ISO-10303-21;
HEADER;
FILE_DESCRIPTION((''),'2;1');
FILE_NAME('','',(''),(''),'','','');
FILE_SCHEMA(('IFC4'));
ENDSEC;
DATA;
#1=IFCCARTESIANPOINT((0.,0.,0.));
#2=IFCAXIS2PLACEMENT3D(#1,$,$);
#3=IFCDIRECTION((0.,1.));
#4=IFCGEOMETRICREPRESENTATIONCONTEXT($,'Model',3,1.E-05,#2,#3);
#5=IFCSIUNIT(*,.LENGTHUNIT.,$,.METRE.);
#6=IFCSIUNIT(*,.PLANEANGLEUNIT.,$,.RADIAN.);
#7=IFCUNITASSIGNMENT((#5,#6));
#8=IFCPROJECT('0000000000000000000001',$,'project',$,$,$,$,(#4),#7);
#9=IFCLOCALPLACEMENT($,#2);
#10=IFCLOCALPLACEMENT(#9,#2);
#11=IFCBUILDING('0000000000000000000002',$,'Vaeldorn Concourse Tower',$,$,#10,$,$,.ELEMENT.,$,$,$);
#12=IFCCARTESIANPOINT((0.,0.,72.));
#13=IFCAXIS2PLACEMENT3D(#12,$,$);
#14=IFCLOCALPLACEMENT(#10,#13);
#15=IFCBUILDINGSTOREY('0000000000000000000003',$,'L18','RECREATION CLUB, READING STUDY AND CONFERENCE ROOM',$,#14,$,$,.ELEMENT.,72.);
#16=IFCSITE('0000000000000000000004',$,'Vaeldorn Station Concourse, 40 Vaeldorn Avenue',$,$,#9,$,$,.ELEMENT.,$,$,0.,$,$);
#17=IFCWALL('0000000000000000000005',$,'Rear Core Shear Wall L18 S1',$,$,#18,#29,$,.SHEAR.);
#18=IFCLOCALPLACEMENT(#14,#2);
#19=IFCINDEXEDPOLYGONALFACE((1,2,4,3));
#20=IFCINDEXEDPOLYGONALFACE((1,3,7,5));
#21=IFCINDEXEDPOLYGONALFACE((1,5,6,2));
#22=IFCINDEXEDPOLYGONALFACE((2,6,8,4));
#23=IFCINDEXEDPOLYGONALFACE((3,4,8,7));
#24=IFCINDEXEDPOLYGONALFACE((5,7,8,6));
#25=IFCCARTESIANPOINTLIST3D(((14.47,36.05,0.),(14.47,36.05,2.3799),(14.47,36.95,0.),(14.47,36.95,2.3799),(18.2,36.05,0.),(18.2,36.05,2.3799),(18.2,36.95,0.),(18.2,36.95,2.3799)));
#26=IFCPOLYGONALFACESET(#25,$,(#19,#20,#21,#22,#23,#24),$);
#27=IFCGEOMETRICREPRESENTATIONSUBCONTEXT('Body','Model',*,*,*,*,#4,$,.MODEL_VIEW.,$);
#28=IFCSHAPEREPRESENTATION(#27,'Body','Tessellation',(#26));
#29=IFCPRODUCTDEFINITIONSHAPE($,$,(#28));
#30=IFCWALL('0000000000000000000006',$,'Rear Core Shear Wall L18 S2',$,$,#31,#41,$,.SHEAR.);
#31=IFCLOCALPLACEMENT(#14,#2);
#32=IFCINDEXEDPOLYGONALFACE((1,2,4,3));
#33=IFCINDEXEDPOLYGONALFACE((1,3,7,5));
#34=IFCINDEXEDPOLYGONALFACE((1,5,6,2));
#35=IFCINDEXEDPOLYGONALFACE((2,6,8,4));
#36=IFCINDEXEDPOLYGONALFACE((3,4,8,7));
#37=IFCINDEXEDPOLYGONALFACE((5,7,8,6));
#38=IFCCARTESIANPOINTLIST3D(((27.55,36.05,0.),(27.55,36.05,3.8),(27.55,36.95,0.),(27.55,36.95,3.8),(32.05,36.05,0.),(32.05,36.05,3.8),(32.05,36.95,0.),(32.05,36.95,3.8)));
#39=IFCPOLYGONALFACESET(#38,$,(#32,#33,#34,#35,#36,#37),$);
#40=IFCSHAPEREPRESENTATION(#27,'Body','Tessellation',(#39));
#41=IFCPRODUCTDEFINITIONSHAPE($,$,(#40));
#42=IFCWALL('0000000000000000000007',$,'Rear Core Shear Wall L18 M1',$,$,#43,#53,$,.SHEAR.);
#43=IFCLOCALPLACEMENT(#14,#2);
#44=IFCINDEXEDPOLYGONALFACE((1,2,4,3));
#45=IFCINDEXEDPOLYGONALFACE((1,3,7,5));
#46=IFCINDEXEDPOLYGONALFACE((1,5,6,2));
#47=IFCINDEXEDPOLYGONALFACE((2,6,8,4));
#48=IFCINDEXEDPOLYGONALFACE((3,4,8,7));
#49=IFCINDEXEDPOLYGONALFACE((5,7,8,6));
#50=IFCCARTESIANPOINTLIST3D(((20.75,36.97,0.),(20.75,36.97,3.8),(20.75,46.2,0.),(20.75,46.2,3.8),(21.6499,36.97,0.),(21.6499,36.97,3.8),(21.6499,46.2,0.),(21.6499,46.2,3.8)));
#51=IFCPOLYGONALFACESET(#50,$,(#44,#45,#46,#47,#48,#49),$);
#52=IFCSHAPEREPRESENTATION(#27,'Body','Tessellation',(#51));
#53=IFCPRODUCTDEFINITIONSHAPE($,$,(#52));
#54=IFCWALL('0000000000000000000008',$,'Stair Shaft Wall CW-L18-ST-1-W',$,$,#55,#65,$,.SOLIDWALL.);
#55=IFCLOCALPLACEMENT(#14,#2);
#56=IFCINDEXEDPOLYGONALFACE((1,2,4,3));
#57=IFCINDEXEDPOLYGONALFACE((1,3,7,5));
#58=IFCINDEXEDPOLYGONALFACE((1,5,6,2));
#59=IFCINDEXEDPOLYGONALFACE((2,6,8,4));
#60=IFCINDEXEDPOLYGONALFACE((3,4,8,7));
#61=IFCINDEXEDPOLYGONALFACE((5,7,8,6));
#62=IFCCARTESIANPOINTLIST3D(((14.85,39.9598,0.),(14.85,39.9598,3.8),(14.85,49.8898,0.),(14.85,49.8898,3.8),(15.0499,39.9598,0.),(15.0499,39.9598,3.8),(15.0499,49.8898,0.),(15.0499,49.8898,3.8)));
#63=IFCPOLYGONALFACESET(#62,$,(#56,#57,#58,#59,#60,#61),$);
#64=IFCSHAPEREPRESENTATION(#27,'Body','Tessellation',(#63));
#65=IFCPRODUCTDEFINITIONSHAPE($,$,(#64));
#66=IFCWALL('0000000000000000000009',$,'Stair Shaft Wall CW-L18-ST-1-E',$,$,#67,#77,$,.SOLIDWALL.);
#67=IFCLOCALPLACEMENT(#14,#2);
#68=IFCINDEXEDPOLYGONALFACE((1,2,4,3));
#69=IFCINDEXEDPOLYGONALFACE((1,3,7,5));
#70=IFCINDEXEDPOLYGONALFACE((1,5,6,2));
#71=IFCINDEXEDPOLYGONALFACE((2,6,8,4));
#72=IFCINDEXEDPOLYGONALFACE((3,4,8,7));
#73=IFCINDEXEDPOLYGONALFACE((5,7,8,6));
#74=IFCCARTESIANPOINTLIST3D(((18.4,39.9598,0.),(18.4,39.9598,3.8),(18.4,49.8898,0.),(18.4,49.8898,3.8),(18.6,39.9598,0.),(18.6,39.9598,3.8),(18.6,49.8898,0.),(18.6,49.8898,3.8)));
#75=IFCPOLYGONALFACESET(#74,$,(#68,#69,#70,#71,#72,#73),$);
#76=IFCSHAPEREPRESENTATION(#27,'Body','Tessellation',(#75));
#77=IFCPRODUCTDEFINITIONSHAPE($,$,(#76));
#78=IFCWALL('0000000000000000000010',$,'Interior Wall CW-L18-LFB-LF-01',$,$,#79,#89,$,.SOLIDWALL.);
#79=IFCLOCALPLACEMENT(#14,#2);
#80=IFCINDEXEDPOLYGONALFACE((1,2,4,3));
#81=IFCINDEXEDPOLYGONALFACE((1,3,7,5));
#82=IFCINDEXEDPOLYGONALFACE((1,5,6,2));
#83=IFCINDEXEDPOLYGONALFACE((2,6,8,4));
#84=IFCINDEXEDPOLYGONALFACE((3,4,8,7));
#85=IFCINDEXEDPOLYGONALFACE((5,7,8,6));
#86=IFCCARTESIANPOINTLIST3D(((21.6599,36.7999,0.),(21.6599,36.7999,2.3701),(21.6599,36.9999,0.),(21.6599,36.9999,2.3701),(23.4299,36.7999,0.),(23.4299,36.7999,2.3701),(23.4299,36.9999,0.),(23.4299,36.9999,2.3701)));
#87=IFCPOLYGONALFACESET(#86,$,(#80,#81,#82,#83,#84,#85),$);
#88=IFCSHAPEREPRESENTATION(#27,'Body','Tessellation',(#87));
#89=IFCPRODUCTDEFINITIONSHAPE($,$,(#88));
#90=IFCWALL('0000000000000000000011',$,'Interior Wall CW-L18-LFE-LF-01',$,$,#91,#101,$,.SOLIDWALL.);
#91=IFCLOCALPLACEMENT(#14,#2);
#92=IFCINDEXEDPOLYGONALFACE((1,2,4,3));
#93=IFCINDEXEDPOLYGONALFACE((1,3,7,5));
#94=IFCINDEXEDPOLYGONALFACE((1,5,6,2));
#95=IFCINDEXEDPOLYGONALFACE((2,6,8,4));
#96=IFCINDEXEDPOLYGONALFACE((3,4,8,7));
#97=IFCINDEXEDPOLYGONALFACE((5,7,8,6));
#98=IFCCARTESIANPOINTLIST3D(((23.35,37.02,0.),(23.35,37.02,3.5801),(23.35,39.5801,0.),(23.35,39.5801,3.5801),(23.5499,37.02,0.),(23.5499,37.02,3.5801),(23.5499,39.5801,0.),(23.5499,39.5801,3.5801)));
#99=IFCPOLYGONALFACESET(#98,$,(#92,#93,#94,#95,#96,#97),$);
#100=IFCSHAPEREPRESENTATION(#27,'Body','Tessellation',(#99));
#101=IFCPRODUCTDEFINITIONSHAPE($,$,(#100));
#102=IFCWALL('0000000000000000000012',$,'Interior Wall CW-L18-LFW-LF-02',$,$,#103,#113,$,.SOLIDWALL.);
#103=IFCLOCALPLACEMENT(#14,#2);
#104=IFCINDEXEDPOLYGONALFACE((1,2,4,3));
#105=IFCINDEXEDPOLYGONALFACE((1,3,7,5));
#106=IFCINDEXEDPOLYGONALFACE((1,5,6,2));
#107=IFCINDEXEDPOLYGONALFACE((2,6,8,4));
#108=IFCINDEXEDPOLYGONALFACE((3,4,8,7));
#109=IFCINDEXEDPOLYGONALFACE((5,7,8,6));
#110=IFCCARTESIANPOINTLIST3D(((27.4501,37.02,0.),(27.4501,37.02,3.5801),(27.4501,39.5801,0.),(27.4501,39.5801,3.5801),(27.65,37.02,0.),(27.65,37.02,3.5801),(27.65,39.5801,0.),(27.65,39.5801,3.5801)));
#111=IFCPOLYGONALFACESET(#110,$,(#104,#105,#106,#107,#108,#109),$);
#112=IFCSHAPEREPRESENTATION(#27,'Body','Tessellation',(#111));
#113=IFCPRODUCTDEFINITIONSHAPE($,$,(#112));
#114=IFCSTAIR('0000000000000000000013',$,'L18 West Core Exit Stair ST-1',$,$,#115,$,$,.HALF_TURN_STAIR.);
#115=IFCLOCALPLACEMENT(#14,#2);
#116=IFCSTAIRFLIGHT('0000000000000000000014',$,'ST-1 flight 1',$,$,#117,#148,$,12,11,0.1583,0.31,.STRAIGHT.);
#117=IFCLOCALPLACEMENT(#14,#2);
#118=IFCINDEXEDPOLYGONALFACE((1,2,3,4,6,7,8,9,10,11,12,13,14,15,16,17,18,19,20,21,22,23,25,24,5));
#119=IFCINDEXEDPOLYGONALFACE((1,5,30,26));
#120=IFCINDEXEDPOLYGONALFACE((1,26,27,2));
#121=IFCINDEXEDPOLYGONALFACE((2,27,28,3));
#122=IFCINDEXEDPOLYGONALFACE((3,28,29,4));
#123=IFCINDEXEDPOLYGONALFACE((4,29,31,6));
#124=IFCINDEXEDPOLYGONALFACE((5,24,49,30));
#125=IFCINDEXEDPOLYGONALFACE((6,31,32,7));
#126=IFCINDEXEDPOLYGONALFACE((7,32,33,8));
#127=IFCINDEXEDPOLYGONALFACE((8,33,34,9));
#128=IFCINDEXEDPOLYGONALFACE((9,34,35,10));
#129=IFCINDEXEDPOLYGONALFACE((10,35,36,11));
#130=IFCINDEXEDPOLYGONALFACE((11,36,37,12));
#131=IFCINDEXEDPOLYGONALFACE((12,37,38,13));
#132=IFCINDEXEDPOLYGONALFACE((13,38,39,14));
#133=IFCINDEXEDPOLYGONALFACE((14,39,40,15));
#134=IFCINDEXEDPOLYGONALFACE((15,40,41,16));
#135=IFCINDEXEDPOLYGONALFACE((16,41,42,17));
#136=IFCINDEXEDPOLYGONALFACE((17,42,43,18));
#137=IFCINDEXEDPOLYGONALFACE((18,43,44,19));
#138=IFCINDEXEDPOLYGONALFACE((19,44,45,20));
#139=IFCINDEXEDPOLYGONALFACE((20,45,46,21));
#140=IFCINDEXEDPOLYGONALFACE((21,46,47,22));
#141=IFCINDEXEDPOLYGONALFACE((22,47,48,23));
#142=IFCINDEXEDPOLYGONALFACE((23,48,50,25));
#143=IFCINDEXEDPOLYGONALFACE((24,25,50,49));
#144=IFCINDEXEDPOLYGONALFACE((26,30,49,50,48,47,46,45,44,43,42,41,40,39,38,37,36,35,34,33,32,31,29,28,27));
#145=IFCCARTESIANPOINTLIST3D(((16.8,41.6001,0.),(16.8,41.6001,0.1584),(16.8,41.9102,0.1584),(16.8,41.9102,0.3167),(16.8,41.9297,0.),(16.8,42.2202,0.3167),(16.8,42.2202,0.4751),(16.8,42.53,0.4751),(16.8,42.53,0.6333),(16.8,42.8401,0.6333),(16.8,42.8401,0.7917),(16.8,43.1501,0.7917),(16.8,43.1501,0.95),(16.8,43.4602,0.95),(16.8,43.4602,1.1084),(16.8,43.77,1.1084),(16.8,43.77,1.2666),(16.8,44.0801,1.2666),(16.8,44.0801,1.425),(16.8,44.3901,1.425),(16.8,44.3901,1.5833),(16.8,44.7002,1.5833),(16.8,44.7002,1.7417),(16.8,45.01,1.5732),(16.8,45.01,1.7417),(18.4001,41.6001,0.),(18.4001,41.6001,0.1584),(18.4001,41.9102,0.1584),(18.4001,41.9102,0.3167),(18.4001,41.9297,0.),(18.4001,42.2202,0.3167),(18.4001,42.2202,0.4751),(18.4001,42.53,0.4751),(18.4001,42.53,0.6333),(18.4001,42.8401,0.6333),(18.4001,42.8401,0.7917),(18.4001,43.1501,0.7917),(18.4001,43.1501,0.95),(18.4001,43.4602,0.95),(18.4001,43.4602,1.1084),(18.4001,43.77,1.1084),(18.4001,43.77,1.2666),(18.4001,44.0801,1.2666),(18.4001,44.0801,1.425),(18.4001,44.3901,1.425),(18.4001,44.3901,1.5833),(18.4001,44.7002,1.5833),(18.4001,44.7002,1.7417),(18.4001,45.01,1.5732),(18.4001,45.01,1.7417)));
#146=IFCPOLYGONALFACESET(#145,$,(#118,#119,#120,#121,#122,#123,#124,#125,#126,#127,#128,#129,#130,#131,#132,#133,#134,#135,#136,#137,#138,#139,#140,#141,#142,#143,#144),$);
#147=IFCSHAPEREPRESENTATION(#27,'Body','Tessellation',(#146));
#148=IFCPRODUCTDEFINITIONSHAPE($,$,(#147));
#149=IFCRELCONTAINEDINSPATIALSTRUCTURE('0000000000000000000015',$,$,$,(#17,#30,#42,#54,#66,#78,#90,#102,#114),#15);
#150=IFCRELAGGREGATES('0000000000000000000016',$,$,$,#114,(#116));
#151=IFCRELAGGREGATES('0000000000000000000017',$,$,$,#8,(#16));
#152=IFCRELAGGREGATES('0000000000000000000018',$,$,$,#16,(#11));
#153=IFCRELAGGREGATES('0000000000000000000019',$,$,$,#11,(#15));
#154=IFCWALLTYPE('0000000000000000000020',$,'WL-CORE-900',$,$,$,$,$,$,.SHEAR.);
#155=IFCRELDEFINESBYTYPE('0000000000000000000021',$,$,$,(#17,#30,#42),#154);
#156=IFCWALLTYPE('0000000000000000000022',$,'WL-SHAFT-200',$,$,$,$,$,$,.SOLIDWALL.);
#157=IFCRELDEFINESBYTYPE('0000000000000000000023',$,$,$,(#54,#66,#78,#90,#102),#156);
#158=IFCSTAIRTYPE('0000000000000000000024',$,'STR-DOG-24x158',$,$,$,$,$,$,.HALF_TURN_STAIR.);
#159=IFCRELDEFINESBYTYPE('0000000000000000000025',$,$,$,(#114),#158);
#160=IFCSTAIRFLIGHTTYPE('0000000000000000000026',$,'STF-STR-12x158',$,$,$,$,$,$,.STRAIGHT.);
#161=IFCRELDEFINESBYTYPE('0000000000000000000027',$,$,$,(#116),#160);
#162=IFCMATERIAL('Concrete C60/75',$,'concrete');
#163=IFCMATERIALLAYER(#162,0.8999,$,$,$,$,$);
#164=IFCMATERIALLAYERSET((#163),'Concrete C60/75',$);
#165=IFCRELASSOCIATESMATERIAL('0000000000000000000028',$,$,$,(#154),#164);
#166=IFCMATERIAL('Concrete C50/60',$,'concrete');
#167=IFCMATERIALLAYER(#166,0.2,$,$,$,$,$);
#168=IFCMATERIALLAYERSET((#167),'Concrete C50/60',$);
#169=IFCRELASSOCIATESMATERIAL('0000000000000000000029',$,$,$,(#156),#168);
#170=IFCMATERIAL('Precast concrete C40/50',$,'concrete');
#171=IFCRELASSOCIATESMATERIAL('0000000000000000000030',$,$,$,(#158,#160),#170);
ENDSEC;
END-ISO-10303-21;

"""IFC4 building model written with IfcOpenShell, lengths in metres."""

from ifc_helpers import new_model, si_unit, direction, frame, frame_2d, origin, place, context, subcontext, project, spatial, polyline, rectangle, outline, extrude, material, layer, layer_set, type_object, element, aggregate, save


model = new_model("IFC4")

# Units and contexts
model_context = context("Model", 3, precision=1e-05, world=origin(), true_north=direction((0.0, 1.0)))
body_context = subcontext(model_context, "Body", "Model", "MODEL_VIEW")
ifc_project = project(units=[si_unit("LENGTHUNIT", "METRE"), si_unit("PLANEANGLEUNIT", "RADIAN")], contexts=[model_context])

# Site, building, storey
site_placement = place(None, origin())
site = spatial("IfcSite", under=ifc_project, at=site_placement, Name="Vaeldorn Station Concourse, 40 Vaeldorn Avenue", CompositionType="ELEMENT", RefElevation=0.0)
building_placement = place(site_placement, origin())
building = spatial("IfcBuilding", under=site, at=building_placement, Name="Vaeldorn Concourse Tower", CompositionType="ELEMENT")
storey_placement = place(building_placement, frame((0.0, 0.0, 72.0)))
storey = spatial("IfcBuildingStorey", under=building, at=storey_placement, Name="L18", Description="RECREATION CLUB, READING STUDY AND CONFERENCE ROOM", CompositionType="ELEMENT", Elevation=72.0)

# Walls
ifc_material_1 = material(Name="Concrete C60/75", Category="concrete")
ifc_layer_1 = layer(ifc_material_1, 0.8999)
ifc_layer_set_1 = layer_set([ifc_layer_1], Name="Concrete C60/75")
wall_type_1 = type_object("IfcWallType", Name="WL-CORE-900", PredefinedType="SHEAR", material=ifc_layer_set_1)
wall_1_placement = place(storey_placement, frame((14.47, 36.5, 0.0), z_axis=(0.0, 0.0, 1.0), x_axis=(1.0, 0.0, 0.0)))
element("IfcWall", 1, at=wall_1_placement, inside=storey, type_object=wall_type_1, Name="Rear Core Shear Wall L18 S1", PredefinedType="SHEAR", context=body_context, shape_type="SweptSolid", body=[
    extrude(rectangle(XDim=3.73, YDim=0.8999, at=frame_2d((1.865, 0.0))), origin(), (0.0, 0.0, 1.0), 2.3799),
])
wall_2_placement = place(storey_placement, frame((27.55, 36.5, 0.0), z_axis=(0.0, 0.0, 1.0), x_axis=(1.0, 0.0, 0.0)))
element("IfcWall", 2, at=wall_2_placement, inside=storey, type_object=wall_type_1, Name="Rear Core Shear Wall L18 S2", PredefinedType="SHEAR", context=body_context, shape_type="SweptSolid", body=[
    extrude(rectangle(XDim=4.5, YDim=0.8999, at=frame_2d((2.25, 0.0))), origin(), (0.0, 0.0, 1.0), 3.8),
])
wall_3_placement = place(storey_placement, frame((21.2, 36.97, 0.0), z_axis=(0.0, 0.0, 1.0), x_axis=(0.0, 1.0, 0.0)))
element("IfcWall", 3, at=wall_3_placement, inside=storey, type_object=wall_type_1, Name="Rear Core Shear Wall L18 M1", PredefinedType="SHEAR", context=body_context, shape_type="SweptSolid", body=[
    extrude(rectangle(XDim=9.23, YDim=0.8999, at=frame_2d((4.615, 0.0))), origin(), (0.0, 0.0, 1.0), 3.8),
])
ifc_material_2 = material(Name="Concrete C50/60", Category="concrete")
ifc_layer_2 = layer(ifc_material_2, 0.2)
ifc_layer_set_2 = layer_set([ifc_layer_2], Name="Concrete C50/60")
wall_type_2 = type_object("IfcWallType", Name="WL-SHAFT-200", PredefinedType="SOLIDWALL", material=ifc_layer_set_2)
for number, where, z_axis, x_axis, name in (
    (4, (14.95, 39.96, 0.0), (0.0, 0.0, 1.0), (0.0, 1.0, 0.0), "Stair Shaft Wall CW-L18-ST-1-W"),
    (5, (18.5, 39.96, 0.0), (0.0, 0.0, 1.0), (0.0, 1.0, 0.0), "Stair Shaft Wall CW-L18-ST-1-E"),
):
    element("IfcWall", number, at=place(storey_placement, frame(where, z_axis=z_axis, x_axis=x_axis)), inside=storey, type_object=wall_type_2, Name=name, PredefinedType="SOLIDWALL", context=body_context, shape_type="SweptSolid", body=[
        extrude(rectangle(XDim=9.9299, YDim=0.2, at=frame_2d((4.9648, 0.0))), origin(), (0.0, 0.0, 1.0), 3.8),
    ])

# Walls
wall_4_placement = place(storey_placement, frame((21.6599, 36.8999, 0.0), z_axis=(0.0, 0.0, 1.0), x_axis=(1.0, 0.0, 0.0)))
element("IfcWall", 6, at=wall_4_placement, inside=storey, type_object=wall_type_2, Name="Interior Wall CW-L18-LFB-LF-01", PredefinedType="SOLIDWALL", context=body_context, shape_type="SweptSolid", body=[
    extrude(rectangle(XDim=1.77, YDim=0.2, at=frame_2d((0.885, 0.0))), origin(), (0.0, 0.0, 1.0), 2.3701),
])
wall_5_placement = place(storey_placement, frame((23.45, 37.02, 0.0), z_axis=(0.0, 0.0, 1.0), x_axis=(0.0, 1.0, 0.0)))
element("IfcWall", 7, at=wall_5_placement, inside=storey, type_object=wall_type_2, Name="Interior Wall CW-L18-LFE-LF-01", PredefinedType="SOLIDWALL", context=body_context, shape_type="SweptSolid", body=[
    extrude(rectangle(XDim=2.5601, YDim=0.2, at=frame_2d((1.28, 0.0))), origin(), (0.0, 0.0, 1.0), 3.5801),
])

# Wall
wall_6_placement = place(storey_placement, frame((27.55, 37.02, 0.0), z_axis=(0.0, 0.0, 1.0), x_axis=(0.0, 1.0, 0.0)))
element("IfcWall", 8, at=wall_6_placement, inside=storey, type_object=wall_type_2, Name="Interior Wall CW-L18-LFW-LF-02", PredefinedType="SOLIDWALL", context=body_context, shape_type="SweptSolid", body=[
    extrude(rectangle(XDim=2.5601, YDim=0.2, at=frame_2d((1.28, 0.0))), origin(), (0.0, 0.0, 1.0), 3.5801),
])

# Stair, stair flight
ifc_material_3 = material(Name="Precast concrete C40/50", Category="concrete")
stair_type = type_object("IfcStairType", Name="STR-DOG-24x158", PredefinedType="HALF_TURN_STAIR", material=ifc_material_3)
stair_placement = place(storey_placement, origin())
stair = element("IfcStair", 9, at=stair_placement, inside=storey, type_object=stair_type, Name="L18 West Core Exit Stair ST-1", PredefinedType="HALF_TURN_STAIR")
stair_flight_type = type_object("IfcStairFlightType", Name="STF-STR-12x158", PredefinedType="STRAIGHT", material=ifc_material_3)
stair_flight_placement = place(storey_placement, frame((17.6001, 41.6001, 0.0), z_axis=(0.0, 0.0, 1.0), x_axis=(0.0, 1.0, 0.0)))
stair_flight = element("IfcStairFlight", 10, at=stair_flight_placement, type_object=stair_flight_type, Name="ST-1 flight 1", NumberOfRisers=12, NumberOfTreads=11, PredefinedType="STRAIGHT", RiserHeight=0.1583, TreadLength=0.31, context=body_context, shape_type="SweptSolid", body=[
    extrude(outline(polyline([(0.0, 0.0), (0.0, 0.1584), (0.3101, 0.1584), (0.3101, 0.3167), (0.6201, 0.3167), (0.6201, 0.4751), (0.9299, 0.4751), (0.9299, 0.6333), (1.24, 0.6333), (1.24, 0.7917), (1.55, 0.7917), (1.55, 0.95), (1.8601, 0.95), (1.8601, 1.1084), (2.1699, 1.1084), (2.1699, 1.2666), (2.48, 1.2666), (2.48, 1.425), (2.79, 1.425), (2.79, 1.5833), (3.1001, 1.5833), (3.1001, 1.7417), (3.4099, 1.7417), (3.4099, 1.8999), (3.4099, 1.5732), (0.3296, 0.0), (0.0, 0.0)])), frame((0.0, 0.8, 0.0), z_axis=(0.0, -1.0, 0.0), x_axis=(1.0, 0.0, 0.0)), (0.0, 0.0, 1.0), 1.6001),
])
aggregate(stair, [stair_flight])

save(model, "model.ifc")
